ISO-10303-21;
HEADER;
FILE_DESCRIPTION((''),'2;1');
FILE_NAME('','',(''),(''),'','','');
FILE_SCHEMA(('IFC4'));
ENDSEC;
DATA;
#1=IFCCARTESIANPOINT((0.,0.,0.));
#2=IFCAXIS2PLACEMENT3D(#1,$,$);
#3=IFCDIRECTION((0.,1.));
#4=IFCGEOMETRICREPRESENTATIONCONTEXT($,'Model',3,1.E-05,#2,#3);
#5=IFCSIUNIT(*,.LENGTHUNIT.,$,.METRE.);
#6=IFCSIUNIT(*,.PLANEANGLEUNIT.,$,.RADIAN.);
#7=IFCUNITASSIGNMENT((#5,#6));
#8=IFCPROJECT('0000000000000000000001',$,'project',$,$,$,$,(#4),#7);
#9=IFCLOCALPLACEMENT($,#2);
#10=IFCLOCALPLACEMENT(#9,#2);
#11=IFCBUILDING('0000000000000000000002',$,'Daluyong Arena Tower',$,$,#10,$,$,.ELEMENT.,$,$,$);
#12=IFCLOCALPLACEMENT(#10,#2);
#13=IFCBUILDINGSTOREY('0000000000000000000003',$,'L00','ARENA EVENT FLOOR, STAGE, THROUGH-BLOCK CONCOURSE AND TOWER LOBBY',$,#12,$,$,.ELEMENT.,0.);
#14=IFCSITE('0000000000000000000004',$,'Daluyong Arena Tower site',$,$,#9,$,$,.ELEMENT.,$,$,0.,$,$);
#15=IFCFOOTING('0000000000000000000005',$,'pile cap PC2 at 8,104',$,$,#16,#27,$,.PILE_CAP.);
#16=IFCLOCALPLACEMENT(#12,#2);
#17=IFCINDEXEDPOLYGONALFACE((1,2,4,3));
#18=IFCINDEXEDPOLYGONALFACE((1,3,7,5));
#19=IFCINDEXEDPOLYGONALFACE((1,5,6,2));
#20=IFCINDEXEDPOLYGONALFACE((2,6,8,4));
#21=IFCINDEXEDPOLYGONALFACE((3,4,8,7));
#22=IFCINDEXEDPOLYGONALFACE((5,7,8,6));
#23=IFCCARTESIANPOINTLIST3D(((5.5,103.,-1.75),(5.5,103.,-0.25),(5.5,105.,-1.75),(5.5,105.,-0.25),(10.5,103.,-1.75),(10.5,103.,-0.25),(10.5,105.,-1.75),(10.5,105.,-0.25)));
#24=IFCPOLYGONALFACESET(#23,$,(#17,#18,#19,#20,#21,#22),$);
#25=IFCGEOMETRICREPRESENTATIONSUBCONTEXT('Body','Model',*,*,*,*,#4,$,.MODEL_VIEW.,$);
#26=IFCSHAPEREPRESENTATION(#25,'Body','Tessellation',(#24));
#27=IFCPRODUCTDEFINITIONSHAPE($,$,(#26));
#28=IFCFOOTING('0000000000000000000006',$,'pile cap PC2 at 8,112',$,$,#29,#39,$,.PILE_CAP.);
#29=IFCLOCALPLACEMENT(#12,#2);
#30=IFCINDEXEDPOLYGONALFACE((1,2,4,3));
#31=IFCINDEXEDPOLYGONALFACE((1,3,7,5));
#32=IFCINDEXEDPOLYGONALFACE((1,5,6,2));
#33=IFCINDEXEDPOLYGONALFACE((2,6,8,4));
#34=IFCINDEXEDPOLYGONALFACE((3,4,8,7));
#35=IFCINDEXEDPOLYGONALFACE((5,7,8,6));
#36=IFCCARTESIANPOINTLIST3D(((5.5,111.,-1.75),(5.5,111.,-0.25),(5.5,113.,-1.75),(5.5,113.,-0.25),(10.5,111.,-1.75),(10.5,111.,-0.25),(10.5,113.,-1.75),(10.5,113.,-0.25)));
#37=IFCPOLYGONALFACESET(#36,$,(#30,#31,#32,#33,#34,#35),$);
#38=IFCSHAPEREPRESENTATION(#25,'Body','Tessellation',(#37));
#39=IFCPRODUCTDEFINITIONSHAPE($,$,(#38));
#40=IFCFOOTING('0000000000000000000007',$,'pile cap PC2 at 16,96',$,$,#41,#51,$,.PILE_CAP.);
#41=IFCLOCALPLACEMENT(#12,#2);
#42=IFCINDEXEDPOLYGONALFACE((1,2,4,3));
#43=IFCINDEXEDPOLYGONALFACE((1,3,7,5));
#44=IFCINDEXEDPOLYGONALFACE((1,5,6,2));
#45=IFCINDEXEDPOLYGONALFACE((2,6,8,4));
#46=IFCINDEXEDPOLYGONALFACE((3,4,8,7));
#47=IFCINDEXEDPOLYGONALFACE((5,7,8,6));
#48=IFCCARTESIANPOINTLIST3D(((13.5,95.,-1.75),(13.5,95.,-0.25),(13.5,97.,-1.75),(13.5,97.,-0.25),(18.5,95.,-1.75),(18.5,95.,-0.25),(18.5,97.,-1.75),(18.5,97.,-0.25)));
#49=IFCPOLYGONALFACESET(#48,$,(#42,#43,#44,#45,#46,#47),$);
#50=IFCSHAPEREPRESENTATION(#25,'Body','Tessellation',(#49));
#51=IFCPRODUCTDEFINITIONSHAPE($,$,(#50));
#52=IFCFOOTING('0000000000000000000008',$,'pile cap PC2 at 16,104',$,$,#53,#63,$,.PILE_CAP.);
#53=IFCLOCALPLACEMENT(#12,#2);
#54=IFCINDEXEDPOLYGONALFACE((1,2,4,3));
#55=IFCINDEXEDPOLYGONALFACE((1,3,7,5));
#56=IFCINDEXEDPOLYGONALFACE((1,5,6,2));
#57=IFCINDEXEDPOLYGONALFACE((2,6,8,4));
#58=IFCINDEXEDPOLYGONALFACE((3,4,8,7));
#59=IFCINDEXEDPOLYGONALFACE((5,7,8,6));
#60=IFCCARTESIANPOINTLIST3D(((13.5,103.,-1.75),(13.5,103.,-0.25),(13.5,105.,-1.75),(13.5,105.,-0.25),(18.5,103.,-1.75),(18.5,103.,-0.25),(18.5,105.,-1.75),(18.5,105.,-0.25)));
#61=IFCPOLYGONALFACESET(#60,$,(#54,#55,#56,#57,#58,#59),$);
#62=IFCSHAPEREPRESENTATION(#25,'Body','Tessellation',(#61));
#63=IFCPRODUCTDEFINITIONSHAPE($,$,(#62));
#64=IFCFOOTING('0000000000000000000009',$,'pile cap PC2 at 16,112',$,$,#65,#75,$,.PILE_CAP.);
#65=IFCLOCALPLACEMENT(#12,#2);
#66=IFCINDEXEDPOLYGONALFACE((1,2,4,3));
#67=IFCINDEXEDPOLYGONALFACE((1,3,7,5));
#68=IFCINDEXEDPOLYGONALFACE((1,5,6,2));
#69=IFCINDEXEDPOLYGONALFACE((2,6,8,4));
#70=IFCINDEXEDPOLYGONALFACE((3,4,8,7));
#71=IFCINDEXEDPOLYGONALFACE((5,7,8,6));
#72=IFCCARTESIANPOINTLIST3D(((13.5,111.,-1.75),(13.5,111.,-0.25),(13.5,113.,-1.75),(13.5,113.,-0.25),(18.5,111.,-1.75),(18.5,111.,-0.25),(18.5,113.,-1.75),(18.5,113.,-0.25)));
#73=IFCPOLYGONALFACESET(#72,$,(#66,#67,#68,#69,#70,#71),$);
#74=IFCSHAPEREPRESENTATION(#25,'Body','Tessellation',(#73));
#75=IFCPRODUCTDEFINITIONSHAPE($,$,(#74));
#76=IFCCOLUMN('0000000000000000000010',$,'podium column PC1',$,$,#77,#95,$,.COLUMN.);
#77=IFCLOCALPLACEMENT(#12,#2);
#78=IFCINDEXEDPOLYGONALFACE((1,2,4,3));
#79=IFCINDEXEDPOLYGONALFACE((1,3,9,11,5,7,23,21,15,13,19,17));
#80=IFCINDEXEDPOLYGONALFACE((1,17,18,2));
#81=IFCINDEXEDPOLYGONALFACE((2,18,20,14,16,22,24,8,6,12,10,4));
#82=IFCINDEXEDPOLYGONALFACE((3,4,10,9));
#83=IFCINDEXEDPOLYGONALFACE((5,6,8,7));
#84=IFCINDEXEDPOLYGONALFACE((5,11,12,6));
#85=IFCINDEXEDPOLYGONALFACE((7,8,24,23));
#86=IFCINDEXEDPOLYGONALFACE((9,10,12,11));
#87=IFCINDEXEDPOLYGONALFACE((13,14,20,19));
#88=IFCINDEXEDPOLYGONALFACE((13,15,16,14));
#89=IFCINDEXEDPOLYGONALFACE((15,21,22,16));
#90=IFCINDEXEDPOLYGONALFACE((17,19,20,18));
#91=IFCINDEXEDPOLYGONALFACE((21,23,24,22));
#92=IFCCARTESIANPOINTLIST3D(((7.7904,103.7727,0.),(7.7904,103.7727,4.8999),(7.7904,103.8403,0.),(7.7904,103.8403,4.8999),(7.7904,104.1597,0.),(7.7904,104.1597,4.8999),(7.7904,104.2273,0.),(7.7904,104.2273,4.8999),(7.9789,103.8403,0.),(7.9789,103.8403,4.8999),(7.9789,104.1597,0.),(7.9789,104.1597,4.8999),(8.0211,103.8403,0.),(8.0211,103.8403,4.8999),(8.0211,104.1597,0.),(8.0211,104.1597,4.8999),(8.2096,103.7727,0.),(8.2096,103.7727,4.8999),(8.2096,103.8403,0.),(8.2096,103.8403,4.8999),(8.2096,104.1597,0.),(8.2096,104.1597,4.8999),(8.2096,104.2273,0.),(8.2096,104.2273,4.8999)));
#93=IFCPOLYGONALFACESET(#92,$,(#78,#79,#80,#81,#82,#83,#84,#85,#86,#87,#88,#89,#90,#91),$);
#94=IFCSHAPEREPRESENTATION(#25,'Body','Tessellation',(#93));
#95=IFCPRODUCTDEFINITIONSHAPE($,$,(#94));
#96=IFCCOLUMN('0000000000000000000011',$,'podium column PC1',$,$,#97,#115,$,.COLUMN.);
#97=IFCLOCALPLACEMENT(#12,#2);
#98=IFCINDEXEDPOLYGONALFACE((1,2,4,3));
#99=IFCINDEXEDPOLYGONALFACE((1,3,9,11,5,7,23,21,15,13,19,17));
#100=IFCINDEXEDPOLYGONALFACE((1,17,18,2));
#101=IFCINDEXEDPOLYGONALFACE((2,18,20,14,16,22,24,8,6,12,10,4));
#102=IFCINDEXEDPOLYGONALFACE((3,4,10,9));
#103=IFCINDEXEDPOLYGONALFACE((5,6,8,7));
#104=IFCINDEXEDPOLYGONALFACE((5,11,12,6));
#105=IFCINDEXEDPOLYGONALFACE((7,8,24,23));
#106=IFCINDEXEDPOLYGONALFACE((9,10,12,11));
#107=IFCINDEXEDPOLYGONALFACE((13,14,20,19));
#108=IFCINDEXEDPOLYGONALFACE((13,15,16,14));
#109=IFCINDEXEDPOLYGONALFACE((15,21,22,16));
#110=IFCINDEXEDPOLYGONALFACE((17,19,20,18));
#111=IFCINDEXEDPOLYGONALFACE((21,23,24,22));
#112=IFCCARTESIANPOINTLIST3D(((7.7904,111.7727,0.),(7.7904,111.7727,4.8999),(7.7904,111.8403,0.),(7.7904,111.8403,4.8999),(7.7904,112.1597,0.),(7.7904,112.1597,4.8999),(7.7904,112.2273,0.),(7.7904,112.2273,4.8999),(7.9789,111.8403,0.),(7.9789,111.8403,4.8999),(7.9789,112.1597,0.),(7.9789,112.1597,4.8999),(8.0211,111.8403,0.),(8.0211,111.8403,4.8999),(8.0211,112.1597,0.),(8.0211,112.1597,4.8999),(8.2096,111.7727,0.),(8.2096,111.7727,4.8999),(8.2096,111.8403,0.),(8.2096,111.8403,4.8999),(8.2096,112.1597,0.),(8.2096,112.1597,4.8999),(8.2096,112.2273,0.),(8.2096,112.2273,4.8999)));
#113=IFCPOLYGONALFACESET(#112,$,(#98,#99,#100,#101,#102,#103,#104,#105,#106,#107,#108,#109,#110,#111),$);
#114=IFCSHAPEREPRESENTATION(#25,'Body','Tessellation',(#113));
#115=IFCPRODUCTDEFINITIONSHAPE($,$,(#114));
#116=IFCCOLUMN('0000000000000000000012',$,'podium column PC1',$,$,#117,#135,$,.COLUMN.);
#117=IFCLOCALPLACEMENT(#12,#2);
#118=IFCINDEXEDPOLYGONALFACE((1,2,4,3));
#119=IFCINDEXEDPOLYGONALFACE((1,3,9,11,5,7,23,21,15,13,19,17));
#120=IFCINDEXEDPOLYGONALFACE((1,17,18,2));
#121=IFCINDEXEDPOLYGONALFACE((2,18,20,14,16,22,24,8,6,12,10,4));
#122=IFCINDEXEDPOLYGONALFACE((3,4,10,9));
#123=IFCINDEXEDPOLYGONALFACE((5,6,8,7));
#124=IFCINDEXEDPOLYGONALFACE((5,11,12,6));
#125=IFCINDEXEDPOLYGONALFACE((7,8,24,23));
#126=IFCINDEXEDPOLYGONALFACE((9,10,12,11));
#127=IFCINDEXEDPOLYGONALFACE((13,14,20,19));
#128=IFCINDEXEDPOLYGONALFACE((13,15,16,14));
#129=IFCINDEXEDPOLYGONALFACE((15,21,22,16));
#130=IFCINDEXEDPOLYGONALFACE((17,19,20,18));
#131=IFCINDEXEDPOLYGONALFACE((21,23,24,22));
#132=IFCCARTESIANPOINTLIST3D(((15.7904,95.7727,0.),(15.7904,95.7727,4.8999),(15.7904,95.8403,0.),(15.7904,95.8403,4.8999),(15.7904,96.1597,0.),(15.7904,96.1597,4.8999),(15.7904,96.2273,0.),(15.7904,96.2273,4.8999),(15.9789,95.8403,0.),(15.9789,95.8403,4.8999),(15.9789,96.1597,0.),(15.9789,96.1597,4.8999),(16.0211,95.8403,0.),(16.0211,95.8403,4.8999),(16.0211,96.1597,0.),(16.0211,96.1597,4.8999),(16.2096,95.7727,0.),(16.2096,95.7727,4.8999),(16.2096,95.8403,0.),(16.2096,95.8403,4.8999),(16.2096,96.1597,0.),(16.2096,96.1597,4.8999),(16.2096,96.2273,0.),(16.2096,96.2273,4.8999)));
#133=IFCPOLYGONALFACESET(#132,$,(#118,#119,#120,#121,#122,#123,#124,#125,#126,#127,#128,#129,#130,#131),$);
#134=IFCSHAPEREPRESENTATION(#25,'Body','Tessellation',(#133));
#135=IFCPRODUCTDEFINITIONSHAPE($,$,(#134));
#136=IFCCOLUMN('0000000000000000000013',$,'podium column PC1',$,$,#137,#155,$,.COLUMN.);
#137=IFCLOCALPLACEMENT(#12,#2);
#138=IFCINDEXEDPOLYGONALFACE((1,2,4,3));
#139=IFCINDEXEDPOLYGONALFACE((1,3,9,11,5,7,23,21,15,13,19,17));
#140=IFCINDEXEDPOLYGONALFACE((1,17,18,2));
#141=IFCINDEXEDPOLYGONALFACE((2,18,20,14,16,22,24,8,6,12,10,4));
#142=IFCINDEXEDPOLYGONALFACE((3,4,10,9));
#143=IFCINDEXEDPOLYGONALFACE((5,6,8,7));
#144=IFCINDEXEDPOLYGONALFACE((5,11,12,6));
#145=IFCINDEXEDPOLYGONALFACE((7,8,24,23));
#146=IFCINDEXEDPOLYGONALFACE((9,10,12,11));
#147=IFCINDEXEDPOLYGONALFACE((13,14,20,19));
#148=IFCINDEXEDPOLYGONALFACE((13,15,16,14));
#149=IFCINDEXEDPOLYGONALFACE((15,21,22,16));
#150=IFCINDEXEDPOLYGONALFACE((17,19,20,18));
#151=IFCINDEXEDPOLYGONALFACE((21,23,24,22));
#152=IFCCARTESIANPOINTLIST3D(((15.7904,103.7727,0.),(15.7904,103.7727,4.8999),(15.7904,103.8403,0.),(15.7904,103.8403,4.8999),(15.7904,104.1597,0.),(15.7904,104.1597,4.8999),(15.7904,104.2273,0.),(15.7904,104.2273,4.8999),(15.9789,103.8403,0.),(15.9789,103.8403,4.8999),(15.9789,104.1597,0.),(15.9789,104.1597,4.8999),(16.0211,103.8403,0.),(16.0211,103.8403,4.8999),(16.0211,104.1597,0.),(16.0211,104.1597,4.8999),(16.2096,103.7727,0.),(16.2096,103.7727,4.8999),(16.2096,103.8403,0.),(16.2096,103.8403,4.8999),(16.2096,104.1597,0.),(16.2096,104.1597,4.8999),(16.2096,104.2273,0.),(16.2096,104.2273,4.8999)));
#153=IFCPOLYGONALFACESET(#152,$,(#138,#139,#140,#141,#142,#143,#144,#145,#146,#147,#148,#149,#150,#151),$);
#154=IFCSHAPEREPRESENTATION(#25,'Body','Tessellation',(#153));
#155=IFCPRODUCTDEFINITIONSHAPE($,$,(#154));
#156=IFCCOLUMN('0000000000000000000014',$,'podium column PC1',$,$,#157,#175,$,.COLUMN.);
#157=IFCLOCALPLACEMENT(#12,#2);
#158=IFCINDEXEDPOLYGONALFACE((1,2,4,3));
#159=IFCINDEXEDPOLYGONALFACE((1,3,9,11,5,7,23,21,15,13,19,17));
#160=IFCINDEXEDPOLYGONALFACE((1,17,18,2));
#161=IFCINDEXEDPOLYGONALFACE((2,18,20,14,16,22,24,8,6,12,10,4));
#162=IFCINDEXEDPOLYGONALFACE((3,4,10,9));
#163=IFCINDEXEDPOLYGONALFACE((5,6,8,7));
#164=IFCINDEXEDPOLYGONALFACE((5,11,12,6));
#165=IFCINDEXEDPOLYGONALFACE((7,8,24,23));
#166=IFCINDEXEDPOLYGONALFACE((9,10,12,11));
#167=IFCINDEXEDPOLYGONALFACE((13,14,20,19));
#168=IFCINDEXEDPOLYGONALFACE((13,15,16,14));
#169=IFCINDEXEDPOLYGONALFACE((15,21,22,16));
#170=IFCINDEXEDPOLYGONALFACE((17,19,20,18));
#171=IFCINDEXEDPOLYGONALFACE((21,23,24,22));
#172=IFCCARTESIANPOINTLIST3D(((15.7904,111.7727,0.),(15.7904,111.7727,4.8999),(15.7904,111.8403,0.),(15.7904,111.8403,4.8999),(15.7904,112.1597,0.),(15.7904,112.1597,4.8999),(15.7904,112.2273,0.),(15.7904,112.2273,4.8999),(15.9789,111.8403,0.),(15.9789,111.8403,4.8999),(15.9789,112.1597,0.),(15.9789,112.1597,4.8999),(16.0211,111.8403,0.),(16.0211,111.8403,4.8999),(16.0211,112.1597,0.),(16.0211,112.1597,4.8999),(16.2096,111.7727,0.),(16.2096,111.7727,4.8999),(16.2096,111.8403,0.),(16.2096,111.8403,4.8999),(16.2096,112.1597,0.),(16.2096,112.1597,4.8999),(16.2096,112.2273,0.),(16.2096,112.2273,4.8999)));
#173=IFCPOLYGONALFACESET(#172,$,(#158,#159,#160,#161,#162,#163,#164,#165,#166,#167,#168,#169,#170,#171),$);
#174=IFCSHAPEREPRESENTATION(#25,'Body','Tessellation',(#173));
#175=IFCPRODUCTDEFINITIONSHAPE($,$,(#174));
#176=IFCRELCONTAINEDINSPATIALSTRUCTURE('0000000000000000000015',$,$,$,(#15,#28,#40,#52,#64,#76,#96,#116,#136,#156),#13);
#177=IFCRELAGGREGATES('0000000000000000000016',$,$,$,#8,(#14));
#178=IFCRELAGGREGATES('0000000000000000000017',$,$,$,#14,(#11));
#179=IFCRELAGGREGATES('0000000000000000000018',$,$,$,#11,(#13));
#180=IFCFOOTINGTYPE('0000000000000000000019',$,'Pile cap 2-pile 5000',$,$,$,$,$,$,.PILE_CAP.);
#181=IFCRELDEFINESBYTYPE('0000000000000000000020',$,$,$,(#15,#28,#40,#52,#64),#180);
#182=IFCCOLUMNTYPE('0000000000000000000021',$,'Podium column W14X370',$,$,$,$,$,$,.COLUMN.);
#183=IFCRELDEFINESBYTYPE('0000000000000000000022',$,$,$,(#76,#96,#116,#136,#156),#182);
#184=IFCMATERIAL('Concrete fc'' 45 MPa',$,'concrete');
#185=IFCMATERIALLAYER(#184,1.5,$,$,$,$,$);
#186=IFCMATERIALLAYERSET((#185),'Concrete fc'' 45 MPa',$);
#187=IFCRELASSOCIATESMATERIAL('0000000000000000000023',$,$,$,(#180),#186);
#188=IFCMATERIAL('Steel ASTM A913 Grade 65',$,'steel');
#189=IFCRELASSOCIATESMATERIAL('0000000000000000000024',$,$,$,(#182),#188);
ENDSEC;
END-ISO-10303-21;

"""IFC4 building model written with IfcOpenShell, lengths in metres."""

from ifc_helpers import new_model, si_unit, direction, frame, origin, origin_2d, place, context, subcontext, project, spatial, rectangle, i_section, extrude, material, layer, layer_set, material_profile, profile_set, type_object, element, save


model = new_model("IFC4")

# Units and contexts
model_context = context("Model", 3, precision=1e-05, world=origin(), true_north=direction((0.0, 1.0)))
body_context = subcontext(model_context, "Body", "Model", "MODEL_VIEW")
ifc_project = project(units=[si_unit("LENGTHUNIT", "METRE"), si_unit("PLANEANGLEUNIT", "RADIAN")], contexts=[model_context])

# Site, building, storey
site_placement = place(None, origin())
site = spatial("IfcSite", under=ifc_project, at=site_placement, Name="Daluyong Arena Tower site", CompositionType="ELEMENT", RefElevation=0.0)
building_placement = place(site_placement, origin())
building = spatial("IfcBuilding", under=site, at=building_placement, Name="Daluyong Arena Tower", CompositionType="ELEMENT")
storey_placement = place(building_placement, origin())
storey = spatial("IfcBuildingStorey", under=building, at=storey_placement, Name="L00", Description="ARENA EVENT FLOOR, STAGE, THROUGH-BLOCK CONCOURSE AND TOWER LOBBY", CompositionType="ELEMENT", Elevation=0.0)

# Footings
ifc_material_1 = material(Name="Concrete fc' 45 MPa", Category="concrete")
ifc_layer = layer(ifc_material_1, 1.5)
ifc_layer_set = layer_set([ifc_layer], Name="Concrete fc' 45 MPa")
footing_type = type_object("IfcFootingType", Name="Pile cap 2-pile 5000", PredefinedType="PILE_CAP", material=ifc_layer_set)
for number, where, z_axis, x_axis, name in (
    (1, (8.0, 104.0, -1.75), (0.0, 0.0, 1.0), (1.0, 0.0, 0.0), "pile cap PC2 at 8,104"),
    (2, (8.0, 112.0, -1.75), (0.0, 0.0, 1.0), (1.0, 0.0, 0.0), "pile cap PC2 at 8,112"),
    (3, (16.0, 96.0, -1.75), (0.0, 0.0, 1.0), (1.0, 0.0, 0.0), "pile cap PC2 at 16,96"),
    (4, (16.0, 104.0, -1.75), (0.0, 0.0, 1.0), (1.0, 0.0, 0.0), "pile cap PC2 at 16,104"),
    (5, (16.0, 112.0, -1.75), (0.0, 0.0, 1.0), (1.0, 0.0, 0.0), "pile cap PC2 at 16,112"),
):
    element("IfcFooting", number, at=place(storey_placement, frame(where, z_axis=z_axis, x_axis=x_axis)), inside=storey, type_object=footing_type, Name=name, PredefinedType="PILE_CAP", context=body_context, shape_type="SweptSolid", body=[
        extrude(rectangle(XDim=5.0, YDim=2.0, at=origin_2d()), origin(), (0.0, 0.0, 1.0), 1.5),
    ])

# Columns
ifc_material_2 = material(Name="Steel ASTM A913 Grade 65", Category="steel")
ifc_material_profile = material_profile(ifc_material_2, i_section(OverallWidth=0.4192, OverallDepth=0.4546, WebThickness=0.0422, FlangeThickness=0.0676, at=origin_2d()))
ifc_profile_set = profile_set([ifc_material_profile], Name="Steel ASTM A913 Grade 65")
column_type = type_object("IfcColumnType", Name="Podium column W14X370", PredefinedType="COLUMN", material=ifc_profile_set)
for number, where, z_axis, x_axis, name in (
    (6, (8.0, 104.0, 0.0), (0.0, 0.0, 1.0), (1.0, 0.0, 0.0), "podium column PC1"),
    (7, (8.0, 112.0, 0.0), (0.0, 0.0, 1.0), (1.0, 0.0, 0.0), "podium column PC1"),
    (8, (16.0, 96.0, 0.0), (0.0, 0.0, 1.0), (1.0, 0.0, 0.0), "podium column PC1"),
    (9, (16.0, 104.0, 0.0), (0.0, 0.0, 1.0), (1.0, 0.0, 0.0), "podium column PC1"),
    (10, (16.0, 112.0, 0.0), (0.0, 0.0, 1.0), (1.0, 0.0, 0.0), "podium column PC1"),
):
    element("IfcColumn", number, at=place(storey_placement, frame(where, z_axis=z_axis, x_axis=x_axis)), inside=storey, type_object=column_type, Name=name, PredefinedType="COLUMN", context=body_context, shape_type="SweptSolid", body=[
        extrude(i_section(OverallWidth=0.4192, OverallDepth=0.4546, WebThickness=0.0422, FlangeThickness=0.0676, at=origin_2d()), origin(), (0.0, 0.0, 1.0), 4.8999),
    ])

save(model, "model.ifc")
